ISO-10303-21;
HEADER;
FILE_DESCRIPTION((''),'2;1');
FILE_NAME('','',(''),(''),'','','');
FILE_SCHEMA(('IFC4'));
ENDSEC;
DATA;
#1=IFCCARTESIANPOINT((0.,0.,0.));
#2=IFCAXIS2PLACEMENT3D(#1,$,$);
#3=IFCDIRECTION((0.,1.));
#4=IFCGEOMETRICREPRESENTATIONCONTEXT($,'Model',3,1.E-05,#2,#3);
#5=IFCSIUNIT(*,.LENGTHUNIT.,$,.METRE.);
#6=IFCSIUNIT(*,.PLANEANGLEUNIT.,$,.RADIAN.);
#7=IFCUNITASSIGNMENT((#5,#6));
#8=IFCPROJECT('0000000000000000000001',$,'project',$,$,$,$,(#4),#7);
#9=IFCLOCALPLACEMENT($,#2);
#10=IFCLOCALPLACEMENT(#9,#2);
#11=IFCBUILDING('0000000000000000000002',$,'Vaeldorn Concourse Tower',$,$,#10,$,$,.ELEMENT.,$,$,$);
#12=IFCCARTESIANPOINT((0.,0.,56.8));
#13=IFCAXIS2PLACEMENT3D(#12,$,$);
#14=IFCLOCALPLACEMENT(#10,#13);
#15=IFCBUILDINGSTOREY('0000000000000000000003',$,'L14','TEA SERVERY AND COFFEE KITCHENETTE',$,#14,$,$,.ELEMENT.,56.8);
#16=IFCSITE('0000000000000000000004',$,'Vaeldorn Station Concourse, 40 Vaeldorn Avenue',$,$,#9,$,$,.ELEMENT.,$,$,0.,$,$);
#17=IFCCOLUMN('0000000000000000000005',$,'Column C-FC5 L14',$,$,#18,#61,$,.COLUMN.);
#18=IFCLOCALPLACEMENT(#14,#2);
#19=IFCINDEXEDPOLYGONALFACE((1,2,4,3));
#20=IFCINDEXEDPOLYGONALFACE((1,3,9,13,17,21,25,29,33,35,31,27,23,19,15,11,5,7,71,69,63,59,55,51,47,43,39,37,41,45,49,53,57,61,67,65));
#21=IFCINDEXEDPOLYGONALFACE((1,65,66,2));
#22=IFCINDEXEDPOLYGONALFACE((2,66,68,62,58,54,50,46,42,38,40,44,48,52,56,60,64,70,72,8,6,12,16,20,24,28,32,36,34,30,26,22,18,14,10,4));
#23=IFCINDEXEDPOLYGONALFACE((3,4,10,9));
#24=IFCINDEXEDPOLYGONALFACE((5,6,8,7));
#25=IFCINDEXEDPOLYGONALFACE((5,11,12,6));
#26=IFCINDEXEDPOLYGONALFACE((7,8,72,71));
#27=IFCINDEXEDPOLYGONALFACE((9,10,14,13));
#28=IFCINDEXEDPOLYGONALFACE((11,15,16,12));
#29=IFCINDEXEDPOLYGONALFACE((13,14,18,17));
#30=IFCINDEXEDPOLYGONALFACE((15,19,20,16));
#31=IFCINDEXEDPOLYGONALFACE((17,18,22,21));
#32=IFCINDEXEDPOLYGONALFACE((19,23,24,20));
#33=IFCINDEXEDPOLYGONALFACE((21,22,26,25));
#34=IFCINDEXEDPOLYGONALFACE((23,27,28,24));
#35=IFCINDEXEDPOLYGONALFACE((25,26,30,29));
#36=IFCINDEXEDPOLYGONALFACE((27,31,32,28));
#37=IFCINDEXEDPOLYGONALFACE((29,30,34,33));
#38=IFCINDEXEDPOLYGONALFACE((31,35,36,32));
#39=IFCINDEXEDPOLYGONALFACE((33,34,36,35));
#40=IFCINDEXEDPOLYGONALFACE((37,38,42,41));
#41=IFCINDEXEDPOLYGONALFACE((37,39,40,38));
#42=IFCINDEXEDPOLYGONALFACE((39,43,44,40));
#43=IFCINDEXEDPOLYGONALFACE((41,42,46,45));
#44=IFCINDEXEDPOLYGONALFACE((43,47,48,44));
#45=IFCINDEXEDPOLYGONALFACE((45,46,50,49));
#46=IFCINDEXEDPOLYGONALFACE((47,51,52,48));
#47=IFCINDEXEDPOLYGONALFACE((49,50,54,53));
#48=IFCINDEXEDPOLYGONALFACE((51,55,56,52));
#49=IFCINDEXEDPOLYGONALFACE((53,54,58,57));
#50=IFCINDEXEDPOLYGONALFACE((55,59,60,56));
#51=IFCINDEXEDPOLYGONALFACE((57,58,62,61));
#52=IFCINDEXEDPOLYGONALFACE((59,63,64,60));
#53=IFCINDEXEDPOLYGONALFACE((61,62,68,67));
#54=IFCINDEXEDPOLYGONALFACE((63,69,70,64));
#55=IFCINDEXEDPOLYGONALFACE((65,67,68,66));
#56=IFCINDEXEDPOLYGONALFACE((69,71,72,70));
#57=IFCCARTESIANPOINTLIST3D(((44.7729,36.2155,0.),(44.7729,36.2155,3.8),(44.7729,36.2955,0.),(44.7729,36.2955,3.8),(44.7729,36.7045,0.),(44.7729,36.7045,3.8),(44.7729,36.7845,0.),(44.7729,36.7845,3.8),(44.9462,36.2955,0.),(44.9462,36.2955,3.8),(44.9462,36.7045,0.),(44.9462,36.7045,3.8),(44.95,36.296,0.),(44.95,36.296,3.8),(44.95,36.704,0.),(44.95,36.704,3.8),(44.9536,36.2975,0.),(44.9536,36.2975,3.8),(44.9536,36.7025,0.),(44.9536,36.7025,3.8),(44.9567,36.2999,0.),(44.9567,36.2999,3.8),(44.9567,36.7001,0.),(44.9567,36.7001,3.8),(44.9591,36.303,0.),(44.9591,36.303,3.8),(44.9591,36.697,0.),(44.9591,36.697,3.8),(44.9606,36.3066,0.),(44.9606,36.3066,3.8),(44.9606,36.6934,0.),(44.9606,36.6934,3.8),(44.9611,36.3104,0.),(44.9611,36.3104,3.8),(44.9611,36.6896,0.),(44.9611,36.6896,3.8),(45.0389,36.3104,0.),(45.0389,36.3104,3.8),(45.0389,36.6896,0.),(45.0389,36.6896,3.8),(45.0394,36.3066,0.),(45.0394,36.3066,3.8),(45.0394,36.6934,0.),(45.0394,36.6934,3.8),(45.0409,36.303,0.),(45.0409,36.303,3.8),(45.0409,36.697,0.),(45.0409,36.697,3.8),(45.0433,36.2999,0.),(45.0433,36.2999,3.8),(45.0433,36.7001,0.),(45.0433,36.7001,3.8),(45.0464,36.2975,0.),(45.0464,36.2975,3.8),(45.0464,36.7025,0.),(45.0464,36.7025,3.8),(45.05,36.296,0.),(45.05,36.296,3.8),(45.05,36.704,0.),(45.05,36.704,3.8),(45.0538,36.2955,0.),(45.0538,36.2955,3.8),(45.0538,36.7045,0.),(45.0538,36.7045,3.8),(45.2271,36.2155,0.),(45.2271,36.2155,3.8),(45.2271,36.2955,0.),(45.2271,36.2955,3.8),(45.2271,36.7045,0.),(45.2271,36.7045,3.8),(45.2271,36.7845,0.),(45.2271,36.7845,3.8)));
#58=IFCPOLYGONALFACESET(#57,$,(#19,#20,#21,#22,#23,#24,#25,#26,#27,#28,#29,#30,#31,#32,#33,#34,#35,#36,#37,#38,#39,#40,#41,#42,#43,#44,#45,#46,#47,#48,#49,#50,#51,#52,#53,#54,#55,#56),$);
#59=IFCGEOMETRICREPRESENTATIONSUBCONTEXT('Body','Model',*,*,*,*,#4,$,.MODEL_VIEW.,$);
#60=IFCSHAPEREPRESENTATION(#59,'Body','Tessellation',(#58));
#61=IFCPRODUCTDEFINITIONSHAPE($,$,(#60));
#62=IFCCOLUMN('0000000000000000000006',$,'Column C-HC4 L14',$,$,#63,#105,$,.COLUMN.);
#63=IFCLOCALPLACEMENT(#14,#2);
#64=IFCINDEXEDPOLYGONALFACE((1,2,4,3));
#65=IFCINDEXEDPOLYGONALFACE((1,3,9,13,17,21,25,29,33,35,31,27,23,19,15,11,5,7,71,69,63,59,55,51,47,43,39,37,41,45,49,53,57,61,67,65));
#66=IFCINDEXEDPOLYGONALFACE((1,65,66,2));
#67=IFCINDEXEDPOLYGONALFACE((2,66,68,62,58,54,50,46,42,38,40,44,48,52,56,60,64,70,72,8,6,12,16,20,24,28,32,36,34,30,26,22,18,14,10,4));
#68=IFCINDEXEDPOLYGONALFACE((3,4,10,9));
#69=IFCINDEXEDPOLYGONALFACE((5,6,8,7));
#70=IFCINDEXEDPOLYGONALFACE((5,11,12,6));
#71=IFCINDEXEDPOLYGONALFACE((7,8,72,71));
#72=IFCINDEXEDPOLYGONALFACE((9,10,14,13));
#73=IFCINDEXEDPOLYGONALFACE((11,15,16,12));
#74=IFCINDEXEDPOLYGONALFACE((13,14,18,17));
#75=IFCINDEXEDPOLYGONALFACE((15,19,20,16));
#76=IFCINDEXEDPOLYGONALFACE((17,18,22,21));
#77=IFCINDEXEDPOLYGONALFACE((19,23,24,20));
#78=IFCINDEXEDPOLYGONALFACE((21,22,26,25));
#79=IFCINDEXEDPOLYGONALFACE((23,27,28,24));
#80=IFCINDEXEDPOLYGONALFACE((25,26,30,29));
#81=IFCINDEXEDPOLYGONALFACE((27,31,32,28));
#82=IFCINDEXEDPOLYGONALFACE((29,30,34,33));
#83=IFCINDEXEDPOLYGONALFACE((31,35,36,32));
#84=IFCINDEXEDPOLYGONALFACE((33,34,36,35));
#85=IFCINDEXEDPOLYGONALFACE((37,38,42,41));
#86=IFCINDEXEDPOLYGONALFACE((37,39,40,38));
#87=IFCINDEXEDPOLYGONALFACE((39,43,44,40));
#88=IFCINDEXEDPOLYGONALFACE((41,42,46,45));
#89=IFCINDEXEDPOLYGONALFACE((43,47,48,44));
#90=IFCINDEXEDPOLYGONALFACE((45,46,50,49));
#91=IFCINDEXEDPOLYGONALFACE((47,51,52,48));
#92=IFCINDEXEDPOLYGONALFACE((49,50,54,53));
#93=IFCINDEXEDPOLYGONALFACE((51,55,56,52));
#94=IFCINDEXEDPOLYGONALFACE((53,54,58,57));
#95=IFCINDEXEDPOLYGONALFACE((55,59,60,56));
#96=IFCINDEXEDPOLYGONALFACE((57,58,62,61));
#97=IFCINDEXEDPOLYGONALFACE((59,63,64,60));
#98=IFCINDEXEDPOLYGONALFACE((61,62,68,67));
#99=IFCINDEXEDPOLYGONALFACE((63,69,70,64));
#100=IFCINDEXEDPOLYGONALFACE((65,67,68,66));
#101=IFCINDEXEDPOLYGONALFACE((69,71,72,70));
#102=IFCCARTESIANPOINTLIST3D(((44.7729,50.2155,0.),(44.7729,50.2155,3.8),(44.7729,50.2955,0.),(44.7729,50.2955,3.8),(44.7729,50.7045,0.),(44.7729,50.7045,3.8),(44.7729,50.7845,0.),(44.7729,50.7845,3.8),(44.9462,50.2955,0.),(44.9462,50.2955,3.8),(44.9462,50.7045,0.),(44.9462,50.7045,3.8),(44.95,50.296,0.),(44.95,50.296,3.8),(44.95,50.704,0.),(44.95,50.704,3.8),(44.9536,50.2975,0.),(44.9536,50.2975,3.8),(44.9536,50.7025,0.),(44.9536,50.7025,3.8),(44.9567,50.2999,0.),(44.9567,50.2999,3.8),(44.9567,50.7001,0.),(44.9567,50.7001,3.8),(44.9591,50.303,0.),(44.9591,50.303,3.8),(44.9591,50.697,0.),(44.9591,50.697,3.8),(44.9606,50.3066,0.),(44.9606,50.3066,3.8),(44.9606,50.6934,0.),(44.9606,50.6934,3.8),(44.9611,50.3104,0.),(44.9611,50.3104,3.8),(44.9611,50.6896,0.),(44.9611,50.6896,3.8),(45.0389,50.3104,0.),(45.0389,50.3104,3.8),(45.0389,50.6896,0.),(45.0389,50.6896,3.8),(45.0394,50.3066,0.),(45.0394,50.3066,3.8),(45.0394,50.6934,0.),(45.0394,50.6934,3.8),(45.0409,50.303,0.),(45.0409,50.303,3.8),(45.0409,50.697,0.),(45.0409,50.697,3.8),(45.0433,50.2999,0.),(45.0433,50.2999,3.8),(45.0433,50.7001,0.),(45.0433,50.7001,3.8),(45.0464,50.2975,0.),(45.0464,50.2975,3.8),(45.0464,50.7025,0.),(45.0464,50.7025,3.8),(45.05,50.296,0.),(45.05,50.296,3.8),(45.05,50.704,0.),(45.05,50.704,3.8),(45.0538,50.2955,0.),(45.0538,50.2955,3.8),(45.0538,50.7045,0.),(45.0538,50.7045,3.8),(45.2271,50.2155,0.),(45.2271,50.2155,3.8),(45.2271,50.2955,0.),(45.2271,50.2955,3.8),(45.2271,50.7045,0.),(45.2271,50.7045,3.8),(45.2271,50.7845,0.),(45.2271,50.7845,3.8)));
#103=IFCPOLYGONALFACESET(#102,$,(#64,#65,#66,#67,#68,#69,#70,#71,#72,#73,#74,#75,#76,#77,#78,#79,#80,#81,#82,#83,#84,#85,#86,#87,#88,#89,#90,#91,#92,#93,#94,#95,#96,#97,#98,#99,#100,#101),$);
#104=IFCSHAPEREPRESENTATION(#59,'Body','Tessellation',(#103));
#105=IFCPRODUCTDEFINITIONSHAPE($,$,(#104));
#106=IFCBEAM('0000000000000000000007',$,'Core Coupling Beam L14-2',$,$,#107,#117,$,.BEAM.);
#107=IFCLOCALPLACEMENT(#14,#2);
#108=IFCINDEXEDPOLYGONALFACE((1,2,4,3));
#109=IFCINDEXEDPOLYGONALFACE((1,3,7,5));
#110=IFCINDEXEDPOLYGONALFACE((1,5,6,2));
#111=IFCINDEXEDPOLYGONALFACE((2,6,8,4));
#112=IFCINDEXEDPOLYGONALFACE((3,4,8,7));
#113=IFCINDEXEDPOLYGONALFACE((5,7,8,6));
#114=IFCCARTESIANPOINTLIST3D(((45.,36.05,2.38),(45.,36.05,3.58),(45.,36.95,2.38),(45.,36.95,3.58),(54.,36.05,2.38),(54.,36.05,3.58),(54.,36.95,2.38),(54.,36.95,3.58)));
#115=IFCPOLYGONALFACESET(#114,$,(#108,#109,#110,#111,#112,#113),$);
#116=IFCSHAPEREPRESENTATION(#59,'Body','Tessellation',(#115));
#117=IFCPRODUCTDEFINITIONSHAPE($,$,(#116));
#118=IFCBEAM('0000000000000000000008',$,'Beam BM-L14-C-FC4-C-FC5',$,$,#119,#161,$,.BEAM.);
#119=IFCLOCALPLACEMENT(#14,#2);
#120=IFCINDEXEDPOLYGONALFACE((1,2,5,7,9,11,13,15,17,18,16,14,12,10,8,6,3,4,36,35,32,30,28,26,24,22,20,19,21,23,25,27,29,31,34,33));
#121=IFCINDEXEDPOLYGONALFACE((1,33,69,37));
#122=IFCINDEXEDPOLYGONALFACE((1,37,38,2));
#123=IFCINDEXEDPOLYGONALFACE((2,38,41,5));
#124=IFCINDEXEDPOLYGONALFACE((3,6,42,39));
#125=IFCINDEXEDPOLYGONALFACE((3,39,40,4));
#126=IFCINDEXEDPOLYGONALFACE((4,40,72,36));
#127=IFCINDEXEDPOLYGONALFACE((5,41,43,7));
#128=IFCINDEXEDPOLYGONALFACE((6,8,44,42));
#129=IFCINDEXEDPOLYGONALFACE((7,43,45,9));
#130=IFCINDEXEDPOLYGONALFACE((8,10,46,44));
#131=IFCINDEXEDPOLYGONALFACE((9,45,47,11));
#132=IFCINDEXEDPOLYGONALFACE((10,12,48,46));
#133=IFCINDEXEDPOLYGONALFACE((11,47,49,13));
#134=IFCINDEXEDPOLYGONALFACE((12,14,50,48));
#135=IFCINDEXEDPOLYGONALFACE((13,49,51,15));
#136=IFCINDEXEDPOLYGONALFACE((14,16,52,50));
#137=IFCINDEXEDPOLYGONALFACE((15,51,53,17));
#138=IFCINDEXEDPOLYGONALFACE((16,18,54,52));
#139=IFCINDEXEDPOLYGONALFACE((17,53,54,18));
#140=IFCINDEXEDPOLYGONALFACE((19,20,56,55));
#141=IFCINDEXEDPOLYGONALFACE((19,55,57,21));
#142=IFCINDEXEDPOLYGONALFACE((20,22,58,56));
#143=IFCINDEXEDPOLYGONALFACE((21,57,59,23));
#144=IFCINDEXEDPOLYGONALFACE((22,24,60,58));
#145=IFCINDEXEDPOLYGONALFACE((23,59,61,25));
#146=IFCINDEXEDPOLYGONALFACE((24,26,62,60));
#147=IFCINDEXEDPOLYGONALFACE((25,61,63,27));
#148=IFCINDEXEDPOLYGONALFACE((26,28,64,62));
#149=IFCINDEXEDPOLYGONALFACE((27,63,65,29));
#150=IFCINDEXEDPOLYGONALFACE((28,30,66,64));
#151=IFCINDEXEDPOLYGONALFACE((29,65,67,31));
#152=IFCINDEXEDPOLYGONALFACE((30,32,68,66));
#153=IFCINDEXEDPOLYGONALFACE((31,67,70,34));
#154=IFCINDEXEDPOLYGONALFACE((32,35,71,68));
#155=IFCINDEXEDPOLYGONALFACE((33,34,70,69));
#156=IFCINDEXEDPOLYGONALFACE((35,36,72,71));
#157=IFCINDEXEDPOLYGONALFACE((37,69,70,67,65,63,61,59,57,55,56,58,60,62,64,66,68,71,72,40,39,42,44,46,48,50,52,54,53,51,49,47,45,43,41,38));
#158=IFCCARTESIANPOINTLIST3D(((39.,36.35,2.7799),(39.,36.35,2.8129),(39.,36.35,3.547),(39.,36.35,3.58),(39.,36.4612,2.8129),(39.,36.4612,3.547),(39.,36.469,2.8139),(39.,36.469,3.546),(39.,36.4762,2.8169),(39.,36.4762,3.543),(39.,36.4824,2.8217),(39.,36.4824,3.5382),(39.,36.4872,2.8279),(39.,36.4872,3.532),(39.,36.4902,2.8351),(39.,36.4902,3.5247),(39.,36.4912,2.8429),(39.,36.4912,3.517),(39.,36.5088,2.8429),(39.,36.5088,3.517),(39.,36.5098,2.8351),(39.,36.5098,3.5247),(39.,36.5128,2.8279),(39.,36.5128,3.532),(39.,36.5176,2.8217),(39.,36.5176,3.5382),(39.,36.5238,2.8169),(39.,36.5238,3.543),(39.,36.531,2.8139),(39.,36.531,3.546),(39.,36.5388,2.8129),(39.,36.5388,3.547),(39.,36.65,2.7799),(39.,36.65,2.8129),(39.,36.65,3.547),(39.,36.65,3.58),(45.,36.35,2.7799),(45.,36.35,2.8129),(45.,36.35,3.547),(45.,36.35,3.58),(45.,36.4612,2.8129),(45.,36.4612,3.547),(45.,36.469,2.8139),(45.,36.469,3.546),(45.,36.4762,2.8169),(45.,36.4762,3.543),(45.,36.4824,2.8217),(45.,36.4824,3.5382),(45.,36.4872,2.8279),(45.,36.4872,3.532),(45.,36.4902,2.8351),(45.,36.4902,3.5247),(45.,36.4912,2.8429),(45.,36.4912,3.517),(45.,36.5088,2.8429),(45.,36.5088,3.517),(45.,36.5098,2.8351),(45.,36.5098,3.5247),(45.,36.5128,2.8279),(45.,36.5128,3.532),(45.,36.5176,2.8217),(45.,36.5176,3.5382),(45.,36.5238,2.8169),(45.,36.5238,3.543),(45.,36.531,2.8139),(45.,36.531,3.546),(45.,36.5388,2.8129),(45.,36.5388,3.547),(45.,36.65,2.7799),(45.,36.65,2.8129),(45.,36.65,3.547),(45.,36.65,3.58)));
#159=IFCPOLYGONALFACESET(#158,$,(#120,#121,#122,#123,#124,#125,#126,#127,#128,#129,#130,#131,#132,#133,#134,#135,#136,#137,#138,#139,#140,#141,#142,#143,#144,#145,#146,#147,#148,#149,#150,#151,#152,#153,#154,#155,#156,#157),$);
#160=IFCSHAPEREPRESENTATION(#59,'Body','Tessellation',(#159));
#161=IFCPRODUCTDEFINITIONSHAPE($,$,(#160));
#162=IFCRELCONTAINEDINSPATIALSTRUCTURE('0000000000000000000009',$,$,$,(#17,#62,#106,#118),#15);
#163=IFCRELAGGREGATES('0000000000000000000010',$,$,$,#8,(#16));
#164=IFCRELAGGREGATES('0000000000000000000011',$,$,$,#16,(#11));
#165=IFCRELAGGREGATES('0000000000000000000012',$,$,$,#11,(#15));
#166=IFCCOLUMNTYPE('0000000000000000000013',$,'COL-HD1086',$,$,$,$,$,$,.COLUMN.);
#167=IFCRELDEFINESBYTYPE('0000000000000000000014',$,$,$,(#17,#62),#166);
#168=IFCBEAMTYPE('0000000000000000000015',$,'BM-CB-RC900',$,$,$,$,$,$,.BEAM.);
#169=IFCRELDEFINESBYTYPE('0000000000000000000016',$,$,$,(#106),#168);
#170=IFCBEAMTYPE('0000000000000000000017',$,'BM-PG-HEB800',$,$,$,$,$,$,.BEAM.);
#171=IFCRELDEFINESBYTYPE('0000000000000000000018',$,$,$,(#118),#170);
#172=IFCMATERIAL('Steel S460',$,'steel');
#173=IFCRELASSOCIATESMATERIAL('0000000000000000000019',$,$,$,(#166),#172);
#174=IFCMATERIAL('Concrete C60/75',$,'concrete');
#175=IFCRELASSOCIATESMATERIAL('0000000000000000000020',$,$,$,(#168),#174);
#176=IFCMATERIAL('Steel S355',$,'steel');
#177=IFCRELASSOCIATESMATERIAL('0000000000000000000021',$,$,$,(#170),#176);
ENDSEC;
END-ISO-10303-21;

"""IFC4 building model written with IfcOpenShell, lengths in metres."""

from ifc_helpers import new_model, si_unit, direction, frame, origin, origin_2d, place, context, subcontext, project, spatial, rectangle, i_section, extrude, source, transform, mapped, material, material_profile, profile_set, type_object, element, save


model = new_model("IFC4")

# Units and contexts
model_context = context("Model", 3, precision=1e-05, world=origin(), true_north=direction((0.0, 1.0)))
body_context = subcontext(model_context, "Body", "Model", "MODEL_VIEW")
ifc_project = project(units=[si_unit("LENGTHUNIT", "METRE"), si_unit("PLANEANGLEUNIT", "RADIAN")], contexts=[model_context])

# Site, building, storey
site_placement = place(None, origin())
site = spatial("IfcSite", under=ifc_project, at=site_placement, Name="Vaeldorn Station Concourse, 40 Vaeldorn Avenue", CompositionType="ELEMENT", RefElevation=0.0)
building_placement = place(site_placement, origin())
building = spatial("IfcBuilding", under=site, at=building_placement, Name="Vaeldorn Concourse Tower", CompositionType="ELEMENT")
storey_placement = place(building_placement, frame((0.0, 0.0, 56.8)))
storey = spatial("IfcBuildingStorey", under=building, at=storey_placement, Name="L14", Description="TEA SERVERY AND COFFEE KITCHENETTE", CompositionType="ELEMENT", Elevation=56.8)

# Columns
ifc_material_1 = material(Name="Steel S460", Category="steel")
ifc_material_profile_1 = material_profile(ifc_material_1, i_section(OverallWidth=0.4541, OverallDepth=0.5691, WebThickness=0.0779, FlangeThickness=0.0801, FilletRadius=0.0149, at=origin_2d()), Name="HD 400x1086")
ifc_profile_set_1 = profile_set([ifc_material_profile_1], Name="Steel S460")
column_type = type_object("IfcColumnType", Name="COL-HD1086", PredefinedType="COLUMN", material=ifc_profile_set_1)
shared_shape_1 = source(origin(), body_context, "Body", "SweptSolid", [
    extrude(i_section(OverallWidth=0.4541, OverallDepth=0.5691, WebThickness=0.0779, FlangeThickness=0.0801, FilletRadius=0.0149, at=origin_2d()), origin(), (0.0, 0.0, 1.0), 3.8),
])
for number, where, z_axis, x_axis, name in (
    (1, (45.0, 36.5, 0.0), (0.0, 0.0, 1.0), (1.0, 0.0, 0.0), "Column C-FC5 L14"),
    (2, (45.0, 50.5, 0.0), (0.0, 0.0, 1.0), (1.0, 0.0, 0.0), "Column C-HC4 L14"),
):
    element("IfcColumn", number, at=place(storey_placement, frame(where, z_axis=z_axis, x_axis=x_axis)), inside=storey, type_object=column_type, Name=name, PredefinedType="COLUMN", context=body_context, shape_type="MappedRepresentation", body=[
        mapped(shared_shape_1, transform((0.0, 0.0, 0.0), scale=1.0)),
    ])

# Beams
ifc_material_2 = material(Name="Concrete C60/75", Category="concrete")
ifc_material_profile_2 = material_profile(ifc_material_2, rectangle(XDim=0.8999, YDim=1.2, at=origin_2d()), Name="RC 900x1200")
ifc_profile_set_2 = profile_set([ifc_material_profile_2], Name="Concrete C60/75")
beam_type_1 = type_object("IfcBeamType", Name="BM-CB-RC900", PredefinedType="BEAM", material=ifc_profile_set_2)
shared_shape_2 = source(origin(), body_context, "Body", "SweptSolid", [
    extrude(rectangle(XDim=0.8999, YDim=1.2, at=origin_2d()), origin(), (0.0, 0.0, 1.0), 9.0),
])
beam_1_placement = place(storey_placement, frame((45.0, 36.5, 2.98), z_axis=(1.0, 0.0, 0.0), x_axis=(0.0, 1.0, 0.0)))
element("IfcBeam", 3, at=beam_1_placement, inside=storey, type_object=beam_type_1, Name="Core Coupling Beam L14-2", PredefinedType="BEAM", context=body_context, shape_type="MappedRepresentation", body=[
    mapped(shared_shape_2, transform((0.0, 0.0, 0.0), scale=1.0)),
])
ifc_material_3 = material(Name="Steel S355", Category="steel")
ifc_material_profile_3 = material_profile(ifc_material_3, i_section(OverallWidth=0.3, OverallDepth=0.8, WebThickness=0.0176, FlangeThickness=0.033, FilletRadius=0.03, at=origin_2d()), Name="HEB 800")
ifc_profile_set_3 = profile_set([ifc_material_profile_3], Name="Steel S355")
beam_type_2 = type_object("IfcBeamType", Name="BM-PG-HEB800", PredefinedType="BEAM", material=ifc_profile_set_3)
shared_shape_3 = source(origin(), body_context, "Body", "SweptSolid", [
    extrude(i_section(OverallWidth=0.3, OverallDepth=0.8, WebThickness=0.0176, FlangeThickness=0.033, FilletRadius=0.03, at=origin_2d()), origin(), (0.0, 0.0, 1.0), 6.0),
])
beam_2_placement = place(storey_placement, frame((39.0, 36.5, 3.1799), z_axis=(1.0, 0.0, 0.0), x_axis=(0.0, 1.0, 0.0)))
element("IfcBeam", 4, at=beam_2_placement, inside=storey, type_object=beam_type_2, Name="Beam BM-L14-C-FC4-C-FC5", PredefinedType="BEAM", context=body_context, shape_type="MappedRepresentation", body=[
    mapped(shared_shape_3, transform((0.0, 0.0, 0.0), scale=1.0)),
])

save(model, "model.ifc")
